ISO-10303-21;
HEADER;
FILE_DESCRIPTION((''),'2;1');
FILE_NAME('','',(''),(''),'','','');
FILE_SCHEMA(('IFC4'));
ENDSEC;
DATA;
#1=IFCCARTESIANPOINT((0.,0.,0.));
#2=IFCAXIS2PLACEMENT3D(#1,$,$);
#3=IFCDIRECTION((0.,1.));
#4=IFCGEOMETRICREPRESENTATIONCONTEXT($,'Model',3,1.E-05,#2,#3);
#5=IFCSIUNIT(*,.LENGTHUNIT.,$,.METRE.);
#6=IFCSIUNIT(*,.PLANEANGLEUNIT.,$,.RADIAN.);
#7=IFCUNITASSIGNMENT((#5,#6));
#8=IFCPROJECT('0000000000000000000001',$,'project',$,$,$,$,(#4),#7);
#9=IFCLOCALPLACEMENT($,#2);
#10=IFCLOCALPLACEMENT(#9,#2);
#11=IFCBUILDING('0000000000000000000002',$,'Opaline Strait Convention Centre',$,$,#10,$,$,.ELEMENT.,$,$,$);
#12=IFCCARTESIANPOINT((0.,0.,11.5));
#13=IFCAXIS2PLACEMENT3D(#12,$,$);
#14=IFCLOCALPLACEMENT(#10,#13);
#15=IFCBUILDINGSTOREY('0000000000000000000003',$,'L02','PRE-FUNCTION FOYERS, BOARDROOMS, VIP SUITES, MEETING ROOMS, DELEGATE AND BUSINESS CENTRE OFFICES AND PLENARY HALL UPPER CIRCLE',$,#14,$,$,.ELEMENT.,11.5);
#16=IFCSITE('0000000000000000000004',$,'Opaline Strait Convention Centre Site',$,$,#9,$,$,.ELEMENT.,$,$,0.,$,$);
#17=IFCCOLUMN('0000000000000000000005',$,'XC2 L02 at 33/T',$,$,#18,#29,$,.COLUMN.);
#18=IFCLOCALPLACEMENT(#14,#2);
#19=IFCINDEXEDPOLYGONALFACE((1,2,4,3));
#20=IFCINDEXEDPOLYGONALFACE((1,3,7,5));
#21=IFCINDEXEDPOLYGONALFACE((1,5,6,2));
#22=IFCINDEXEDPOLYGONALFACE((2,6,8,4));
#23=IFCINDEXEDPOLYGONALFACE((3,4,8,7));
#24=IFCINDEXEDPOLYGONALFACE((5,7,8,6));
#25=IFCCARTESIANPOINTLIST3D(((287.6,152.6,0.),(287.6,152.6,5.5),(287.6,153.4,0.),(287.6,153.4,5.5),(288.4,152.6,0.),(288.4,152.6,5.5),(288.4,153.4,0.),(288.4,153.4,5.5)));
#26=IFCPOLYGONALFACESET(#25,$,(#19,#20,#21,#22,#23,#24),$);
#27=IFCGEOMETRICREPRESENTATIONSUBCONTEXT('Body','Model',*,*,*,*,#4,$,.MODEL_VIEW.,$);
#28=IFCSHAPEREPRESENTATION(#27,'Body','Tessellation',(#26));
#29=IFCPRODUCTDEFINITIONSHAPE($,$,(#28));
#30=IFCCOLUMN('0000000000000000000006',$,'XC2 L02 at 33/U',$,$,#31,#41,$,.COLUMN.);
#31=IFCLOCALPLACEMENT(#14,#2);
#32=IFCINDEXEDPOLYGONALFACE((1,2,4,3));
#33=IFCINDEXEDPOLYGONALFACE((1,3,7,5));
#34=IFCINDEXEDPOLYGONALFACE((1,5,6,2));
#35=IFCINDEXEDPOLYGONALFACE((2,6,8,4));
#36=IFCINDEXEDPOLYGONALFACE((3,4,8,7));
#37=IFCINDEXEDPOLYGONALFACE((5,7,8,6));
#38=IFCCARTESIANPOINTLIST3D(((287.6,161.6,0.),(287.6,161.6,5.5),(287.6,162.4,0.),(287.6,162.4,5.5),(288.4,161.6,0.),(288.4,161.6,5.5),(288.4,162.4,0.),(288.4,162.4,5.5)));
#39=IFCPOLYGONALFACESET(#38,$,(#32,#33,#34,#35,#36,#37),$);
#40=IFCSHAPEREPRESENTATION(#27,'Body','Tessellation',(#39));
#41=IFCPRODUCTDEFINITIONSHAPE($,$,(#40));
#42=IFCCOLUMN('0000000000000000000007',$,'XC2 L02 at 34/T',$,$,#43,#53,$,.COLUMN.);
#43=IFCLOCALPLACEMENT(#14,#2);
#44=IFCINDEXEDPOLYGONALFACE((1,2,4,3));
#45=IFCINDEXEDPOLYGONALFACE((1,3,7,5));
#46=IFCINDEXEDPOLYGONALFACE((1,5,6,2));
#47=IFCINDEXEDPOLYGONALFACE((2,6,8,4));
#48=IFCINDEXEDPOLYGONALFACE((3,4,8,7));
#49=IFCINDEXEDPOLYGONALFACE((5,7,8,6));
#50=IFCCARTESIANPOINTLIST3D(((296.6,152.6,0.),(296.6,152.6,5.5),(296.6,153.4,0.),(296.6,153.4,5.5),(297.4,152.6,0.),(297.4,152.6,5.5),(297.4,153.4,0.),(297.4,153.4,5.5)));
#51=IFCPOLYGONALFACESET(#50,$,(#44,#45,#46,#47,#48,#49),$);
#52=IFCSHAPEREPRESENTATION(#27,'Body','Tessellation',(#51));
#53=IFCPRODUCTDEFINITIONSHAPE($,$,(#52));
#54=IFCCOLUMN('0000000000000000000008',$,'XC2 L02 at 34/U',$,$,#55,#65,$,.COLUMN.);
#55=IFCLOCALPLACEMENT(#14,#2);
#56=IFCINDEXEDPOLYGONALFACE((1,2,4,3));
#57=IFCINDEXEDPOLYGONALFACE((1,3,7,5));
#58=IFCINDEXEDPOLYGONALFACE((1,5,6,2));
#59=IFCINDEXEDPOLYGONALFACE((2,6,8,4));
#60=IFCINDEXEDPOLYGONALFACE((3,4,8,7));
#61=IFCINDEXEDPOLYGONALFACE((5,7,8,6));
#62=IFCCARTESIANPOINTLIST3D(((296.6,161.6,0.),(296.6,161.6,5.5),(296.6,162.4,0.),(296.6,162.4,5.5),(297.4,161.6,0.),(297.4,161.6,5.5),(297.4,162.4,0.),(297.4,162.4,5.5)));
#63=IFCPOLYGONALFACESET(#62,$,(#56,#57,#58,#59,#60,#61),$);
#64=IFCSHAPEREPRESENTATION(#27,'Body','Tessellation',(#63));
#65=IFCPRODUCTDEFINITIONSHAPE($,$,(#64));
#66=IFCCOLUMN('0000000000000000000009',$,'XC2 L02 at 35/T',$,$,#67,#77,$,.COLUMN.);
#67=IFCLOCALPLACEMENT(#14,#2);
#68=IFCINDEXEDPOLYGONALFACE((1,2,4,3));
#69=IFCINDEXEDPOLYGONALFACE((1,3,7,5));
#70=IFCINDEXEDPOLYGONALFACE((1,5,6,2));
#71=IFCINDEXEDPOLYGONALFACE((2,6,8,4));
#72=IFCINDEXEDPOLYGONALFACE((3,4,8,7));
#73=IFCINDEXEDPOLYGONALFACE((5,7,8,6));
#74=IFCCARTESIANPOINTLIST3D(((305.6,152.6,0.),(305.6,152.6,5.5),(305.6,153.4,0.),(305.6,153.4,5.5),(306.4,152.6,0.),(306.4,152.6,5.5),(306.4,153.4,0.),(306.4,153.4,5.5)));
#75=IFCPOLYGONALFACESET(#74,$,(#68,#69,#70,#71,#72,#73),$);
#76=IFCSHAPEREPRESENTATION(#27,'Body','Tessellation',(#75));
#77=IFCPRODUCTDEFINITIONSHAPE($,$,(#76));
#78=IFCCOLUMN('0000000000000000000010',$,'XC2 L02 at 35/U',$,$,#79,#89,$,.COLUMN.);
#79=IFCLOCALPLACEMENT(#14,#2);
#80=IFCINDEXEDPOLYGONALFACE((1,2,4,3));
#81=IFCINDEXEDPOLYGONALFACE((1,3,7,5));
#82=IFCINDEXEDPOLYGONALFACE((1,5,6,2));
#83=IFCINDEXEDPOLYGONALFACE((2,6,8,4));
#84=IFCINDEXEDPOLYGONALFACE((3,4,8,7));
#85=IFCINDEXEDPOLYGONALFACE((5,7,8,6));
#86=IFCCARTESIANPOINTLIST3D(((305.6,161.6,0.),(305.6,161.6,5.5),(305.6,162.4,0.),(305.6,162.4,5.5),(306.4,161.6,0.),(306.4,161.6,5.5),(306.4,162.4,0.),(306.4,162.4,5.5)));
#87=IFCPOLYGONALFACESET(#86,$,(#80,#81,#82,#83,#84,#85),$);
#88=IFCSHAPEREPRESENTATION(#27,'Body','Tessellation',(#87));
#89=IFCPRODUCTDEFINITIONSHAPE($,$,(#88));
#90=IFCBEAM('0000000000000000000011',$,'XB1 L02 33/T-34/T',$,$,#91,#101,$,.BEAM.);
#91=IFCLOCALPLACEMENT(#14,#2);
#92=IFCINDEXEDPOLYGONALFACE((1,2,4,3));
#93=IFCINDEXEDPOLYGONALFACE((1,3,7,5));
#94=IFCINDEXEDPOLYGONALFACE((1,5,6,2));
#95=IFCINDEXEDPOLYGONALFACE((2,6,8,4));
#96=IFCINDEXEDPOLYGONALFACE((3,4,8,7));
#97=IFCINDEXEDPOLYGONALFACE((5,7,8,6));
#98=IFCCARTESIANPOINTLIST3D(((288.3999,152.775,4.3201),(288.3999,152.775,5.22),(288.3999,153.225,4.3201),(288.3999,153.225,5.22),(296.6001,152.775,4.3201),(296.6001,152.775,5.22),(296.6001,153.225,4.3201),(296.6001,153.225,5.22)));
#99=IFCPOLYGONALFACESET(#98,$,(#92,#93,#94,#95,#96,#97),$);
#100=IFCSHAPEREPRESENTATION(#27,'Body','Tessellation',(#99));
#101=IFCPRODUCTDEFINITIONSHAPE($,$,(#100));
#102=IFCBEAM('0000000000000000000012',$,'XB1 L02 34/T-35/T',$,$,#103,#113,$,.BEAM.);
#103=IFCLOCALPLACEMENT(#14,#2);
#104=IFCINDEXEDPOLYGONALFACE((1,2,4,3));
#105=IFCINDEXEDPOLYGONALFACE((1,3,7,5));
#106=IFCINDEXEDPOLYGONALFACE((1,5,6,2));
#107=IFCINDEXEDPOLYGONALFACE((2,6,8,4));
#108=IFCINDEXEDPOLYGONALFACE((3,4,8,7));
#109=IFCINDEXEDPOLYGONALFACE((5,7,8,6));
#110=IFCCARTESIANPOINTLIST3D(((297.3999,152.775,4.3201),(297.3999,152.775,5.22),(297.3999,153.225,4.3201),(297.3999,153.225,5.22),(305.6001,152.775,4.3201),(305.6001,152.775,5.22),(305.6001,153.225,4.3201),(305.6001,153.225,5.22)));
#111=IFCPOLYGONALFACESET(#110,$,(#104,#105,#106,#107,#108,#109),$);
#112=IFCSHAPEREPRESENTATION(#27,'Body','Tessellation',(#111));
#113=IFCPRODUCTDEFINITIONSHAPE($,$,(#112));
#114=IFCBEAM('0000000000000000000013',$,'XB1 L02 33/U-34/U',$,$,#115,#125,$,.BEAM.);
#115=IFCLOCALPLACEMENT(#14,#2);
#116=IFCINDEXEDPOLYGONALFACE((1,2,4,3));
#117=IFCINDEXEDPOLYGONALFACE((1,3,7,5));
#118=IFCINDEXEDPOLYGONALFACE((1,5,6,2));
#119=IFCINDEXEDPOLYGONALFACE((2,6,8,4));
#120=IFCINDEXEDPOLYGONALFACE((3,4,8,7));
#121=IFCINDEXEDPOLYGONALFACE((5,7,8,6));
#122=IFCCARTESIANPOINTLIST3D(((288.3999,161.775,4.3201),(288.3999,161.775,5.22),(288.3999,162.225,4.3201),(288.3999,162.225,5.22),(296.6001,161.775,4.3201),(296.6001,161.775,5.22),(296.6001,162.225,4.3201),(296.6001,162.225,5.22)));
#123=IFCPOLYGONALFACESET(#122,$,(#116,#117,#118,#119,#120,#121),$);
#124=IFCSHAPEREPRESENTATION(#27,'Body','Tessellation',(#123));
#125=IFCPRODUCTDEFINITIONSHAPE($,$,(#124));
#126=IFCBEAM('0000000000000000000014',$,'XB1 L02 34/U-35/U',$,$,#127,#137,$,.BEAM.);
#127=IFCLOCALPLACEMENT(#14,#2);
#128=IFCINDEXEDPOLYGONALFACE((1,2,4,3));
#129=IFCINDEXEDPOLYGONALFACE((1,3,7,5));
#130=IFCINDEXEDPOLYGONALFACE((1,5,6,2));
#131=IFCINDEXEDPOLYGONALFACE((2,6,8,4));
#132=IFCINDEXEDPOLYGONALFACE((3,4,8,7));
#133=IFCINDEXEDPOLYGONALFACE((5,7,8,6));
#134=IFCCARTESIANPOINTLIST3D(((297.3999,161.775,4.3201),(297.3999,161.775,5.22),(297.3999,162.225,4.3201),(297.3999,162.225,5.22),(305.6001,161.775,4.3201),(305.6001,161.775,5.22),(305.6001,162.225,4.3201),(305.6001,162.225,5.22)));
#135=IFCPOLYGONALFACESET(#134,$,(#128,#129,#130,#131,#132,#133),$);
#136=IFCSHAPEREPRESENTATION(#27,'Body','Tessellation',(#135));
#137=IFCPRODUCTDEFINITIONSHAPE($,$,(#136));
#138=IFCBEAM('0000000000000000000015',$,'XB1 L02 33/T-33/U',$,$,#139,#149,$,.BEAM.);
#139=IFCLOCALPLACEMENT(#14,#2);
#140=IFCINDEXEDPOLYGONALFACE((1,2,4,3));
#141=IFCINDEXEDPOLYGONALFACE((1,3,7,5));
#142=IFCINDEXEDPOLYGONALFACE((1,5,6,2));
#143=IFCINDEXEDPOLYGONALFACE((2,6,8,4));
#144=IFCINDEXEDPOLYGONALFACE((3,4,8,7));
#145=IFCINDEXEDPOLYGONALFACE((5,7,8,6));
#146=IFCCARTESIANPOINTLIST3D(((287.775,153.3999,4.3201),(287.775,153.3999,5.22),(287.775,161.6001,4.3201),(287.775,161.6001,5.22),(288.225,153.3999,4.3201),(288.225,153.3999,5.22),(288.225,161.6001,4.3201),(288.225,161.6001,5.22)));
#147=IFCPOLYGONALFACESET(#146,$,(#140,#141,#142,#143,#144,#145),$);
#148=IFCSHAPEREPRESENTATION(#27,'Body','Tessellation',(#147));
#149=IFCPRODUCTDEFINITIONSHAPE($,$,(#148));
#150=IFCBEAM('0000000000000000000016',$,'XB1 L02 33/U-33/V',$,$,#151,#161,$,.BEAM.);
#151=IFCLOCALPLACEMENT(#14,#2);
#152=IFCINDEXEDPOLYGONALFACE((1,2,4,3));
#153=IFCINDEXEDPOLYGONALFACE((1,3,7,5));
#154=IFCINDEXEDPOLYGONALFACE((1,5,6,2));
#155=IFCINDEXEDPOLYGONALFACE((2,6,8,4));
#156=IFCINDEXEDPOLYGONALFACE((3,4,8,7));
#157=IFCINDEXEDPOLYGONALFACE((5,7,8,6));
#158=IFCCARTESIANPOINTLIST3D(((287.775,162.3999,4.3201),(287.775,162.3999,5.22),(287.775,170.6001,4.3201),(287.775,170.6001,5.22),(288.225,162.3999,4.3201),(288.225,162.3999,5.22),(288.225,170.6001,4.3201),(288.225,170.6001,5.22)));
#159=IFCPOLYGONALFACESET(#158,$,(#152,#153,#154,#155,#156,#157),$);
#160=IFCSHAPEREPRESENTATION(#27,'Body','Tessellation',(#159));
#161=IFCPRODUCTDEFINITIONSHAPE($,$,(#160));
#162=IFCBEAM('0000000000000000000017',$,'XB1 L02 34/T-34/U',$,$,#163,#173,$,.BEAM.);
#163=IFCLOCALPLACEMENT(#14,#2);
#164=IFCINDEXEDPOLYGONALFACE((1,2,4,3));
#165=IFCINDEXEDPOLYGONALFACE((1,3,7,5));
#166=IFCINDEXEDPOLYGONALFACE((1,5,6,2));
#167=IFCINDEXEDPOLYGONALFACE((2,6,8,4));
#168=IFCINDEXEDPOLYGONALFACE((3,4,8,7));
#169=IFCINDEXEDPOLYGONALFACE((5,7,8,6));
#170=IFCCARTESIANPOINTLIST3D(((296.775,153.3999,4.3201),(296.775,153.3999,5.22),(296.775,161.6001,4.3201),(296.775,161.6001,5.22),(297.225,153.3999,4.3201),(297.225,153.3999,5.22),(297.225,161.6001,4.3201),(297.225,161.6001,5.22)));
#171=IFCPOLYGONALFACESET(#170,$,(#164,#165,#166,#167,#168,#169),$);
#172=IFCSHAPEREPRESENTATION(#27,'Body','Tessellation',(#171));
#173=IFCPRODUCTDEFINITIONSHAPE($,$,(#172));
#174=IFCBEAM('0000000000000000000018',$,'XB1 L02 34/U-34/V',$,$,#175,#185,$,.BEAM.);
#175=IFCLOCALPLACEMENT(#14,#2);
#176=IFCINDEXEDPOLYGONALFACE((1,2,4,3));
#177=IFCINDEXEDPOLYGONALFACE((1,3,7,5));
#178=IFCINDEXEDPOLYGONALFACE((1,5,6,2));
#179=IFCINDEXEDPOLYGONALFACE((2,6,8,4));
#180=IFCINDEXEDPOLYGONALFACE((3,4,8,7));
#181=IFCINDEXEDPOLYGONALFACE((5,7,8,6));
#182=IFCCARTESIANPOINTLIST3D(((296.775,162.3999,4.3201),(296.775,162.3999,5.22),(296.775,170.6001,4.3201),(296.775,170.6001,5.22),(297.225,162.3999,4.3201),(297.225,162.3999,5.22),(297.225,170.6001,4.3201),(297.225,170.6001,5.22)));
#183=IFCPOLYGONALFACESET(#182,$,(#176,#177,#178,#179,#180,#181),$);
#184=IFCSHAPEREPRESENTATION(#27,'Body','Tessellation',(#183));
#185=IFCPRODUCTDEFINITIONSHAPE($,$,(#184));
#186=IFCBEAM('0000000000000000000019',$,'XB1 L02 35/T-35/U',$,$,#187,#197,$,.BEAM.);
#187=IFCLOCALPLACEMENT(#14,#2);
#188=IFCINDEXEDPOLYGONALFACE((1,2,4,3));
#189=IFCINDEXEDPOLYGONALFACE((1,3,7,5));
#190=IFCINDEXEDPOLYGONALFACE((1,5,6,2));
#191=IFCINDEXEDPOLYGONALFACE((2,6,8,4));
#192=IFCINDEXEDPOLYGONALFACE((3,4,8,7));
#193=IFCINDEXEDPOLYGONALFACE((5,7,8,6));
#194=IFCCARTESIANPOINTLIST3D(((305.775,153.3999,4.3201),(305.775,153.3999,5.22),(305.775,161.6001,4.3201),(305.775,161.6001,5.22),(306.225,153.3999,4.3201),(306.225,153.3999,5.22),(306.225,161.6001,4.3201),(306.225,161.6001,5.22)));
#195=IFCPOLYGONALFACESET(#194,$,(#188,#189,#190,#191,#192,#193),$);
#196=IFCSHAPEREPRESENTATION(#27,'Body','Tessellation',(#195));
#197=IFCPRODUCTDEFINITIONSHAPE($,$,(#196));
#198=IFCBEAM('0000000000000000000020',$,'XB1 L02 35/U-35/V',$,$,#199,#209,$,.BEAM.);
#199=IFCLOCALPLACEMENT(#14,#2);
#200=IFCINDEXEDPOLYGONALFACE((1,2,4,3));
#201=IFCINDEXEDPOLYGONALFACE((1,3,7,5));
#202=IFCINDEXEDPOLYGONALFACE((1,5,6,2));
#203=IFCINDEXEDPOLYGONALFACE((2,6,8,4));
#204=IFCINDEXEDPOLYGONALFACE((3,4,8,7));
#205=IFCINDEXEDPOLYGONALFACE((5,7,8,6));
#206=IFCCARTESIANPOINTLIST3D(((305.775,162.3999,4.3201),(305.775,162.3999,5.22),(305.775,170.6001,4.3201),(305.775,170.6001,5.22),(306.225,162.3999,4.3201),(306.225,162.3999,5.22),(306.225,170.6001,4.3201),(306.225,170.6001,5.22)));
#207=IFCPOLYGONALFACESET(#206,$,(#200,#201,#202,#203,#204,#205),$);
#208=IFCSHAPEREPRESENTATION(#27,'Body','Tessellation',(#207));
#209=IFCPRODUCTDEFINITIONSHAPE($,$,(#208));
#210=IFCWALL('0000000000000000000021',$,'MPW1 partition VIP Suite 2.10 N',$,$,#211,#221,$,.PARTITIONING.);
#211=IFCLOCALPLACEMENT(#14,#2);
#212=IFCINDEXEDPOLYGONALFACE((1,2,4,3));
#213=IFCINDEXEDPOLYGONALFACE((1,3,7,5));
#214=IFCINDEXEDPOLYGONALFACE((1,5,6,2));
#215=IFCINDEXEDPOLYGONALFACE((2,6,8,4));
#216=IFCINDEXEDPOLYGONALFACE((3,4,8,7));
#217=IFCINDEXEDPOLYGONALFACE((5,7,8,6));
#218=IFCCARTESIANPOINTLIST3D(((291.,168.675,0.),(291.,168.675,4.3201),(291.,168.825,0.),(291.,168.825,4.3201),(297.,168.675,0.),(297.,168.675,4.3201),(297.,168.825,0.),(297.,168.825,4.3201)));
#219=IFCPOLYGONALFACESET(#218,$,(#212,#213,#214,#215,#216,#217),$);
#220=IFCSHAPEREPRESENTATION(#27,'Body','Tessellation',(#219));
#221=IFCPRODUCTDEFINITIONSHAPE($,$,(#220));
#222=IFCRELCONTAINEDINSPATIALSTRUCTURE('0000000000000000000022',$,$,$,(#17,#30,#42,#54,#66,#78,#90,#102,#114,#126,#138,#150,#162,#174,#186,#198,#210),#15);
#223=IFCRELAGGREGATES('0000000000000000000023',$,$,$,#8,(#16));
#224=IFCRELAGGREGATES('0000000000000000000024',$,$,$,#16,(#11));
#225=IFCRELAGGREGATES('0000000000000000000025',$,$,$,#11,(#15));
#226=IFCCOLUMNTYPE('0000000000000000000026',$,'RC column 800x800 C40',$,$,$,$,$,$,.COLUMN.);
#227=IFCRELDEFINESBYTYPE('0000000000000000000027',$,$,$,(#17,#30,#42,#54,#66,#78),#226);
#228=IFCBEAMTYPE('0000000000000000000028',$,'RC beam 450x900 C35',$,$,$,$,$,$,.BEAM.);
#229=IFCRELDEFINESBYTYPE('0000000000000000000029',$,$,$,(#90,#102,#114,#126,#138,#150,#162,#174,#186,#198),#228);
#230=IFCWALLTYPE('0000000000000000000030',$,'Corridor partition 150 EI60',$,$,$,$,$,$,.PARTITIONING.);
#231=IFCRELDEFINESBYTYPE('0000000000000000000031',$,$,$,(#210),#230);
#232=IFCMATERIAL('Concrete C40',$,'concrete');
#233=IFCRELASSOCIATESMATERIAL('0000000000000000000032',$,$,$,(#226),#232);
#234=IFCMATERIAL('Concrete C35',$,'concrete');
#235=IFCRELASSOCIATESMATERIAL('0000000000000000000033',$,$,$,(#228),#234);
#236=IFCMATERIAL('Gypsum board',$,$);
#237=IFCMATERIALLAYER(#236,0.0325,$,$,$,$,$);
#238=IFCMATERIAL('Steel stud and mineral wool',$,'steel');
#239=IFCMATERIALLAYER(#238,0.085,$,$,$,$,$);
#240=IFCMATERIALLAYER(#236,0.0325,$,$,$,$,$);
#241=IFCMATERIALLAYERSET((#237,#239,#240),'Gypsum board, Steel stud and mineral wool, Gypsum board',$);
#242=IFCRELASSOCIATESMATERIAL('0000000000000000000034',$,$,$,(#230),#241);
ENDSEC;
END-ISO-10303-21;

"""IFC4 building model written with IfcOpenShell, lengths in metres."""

from ifc_helpers import new_model, si_unit, direction, frame, frame_2d, origin, origin_2d, place, context, subcontext, project, spatial, rectangle, extrude, material, layer, layer_set, material_profile, profile_set, type_object, element, save


model = new_model("IFC4")

# Units and contexts
model_context = context("Model", 3, precision=1e-05, world=origin(), true_north=direction((0.0, 1.0)))
body_context = subcontext(model_context, "Body", "Model", "MODEL_VIEW")
ifc_project = project(units=[si_unit("LENGTHUNIT", "METRE"), si_unit("PLANEANGLEUNIT", "RADIAN")], contexts=[model_context])

# Site, building, storey
site_placement = place(None, origin())
site = spatial("IfcSite", under=ifc_project, at=site_placement, Name="Opaline Strait Convention Centre Site", CompositionType="ELEMENT", RefElevation=0.0)
building_placement = place(site_placement, origin())
building = spatial("IfcBuilding", under=site, at=building_placement, Name="Opaline Strait Convention Centre", CompositionType="ELEMENT")
storey_placement = place(building_placement, frame((0.0, 0.0, 11.5)))
storey = spatial("IfcBuildingStorey", under=building, at=storey_placement, Name="L02", Description="PRE-FUNCTION FOYERS, BOARDROOMS, VIP SUITES, MEETING ROOMS, DELEGATE AND BUSINESS CENTRE OFFICES AND PLENARY HALL UPPER CIRCLE", CompositionType="ELEMENT", Elevation=11.5)

# Columns
ifc_material_1 = material(Name="Concrete C40", Category="concrete")
ifc_material_profile_1 = material_profile(ifc_material_1, rectangle(XDim=0.8, YDim=0.8, at=origin_2d()), Name="RC 800x800")
ifc_profile_set_1 = profile_set([ifc_material_profile_1], Name="Concrete C40")
column_type = type_object("IfcColumnType", Name="RC column 800x800 C40", PredefinedType="COLUMN", material=ifc_profile_set_1)
for number, where, z_axis, x_axis, name in (
    (1, (288.0, 153.0, 0.0), (0.0, 0.0, 1.0), (1.0, 0.0, 0.0), "XC2 L02 at 33/T"),
    (2, (288.0, 162.0, 0.0), (0.0, 0.0, 1.0), (1.0, 0.0, 0.0), "XC2 L02 at 33/U"),
    (3, (297.0, 153.0, 0.0), (0.0, 0.0, 1.0), (1.0, 0.0, 0.0), "XC2 L02 at 34/T"),
    (4, (297.0, 162.0, 0.0), (0.0, 0.0, 1.0), (1.0, 0.0, 0.0), "XC2 L02 at 34/U"),
    (5, (306.0, 153.0, 0.0), (0.0, 0.0, 1.0), (1.0, 0.0, 0.0), "XC2 L02 at 35/T"),
    (6, (306.0, 162.0, 0.0), (0.0, 0.0, 1.0), (1.0, 0.0, 0.0), "XC2 L02 at 35/U"),
):
    element("IfcColumn", number, at=place(storey_placement, frame(where, z_axis=z_axis, x_axis=x_axis)), inside=storey, type_object=column_type, Name=name, PredefinedType="COLUMN", context=body_context, shape_type="SweptSolid", body=[
        extrude(rectangle(XDim=0.8, YDim=0.8, at=origin_2d()), origin(), (0.0, 0.0, 1.0), 5.5),
    ])

# Beams
ifc_material_2 = material(Name="Concrete C35", Category="concrete")
ifc_material_profile_2 = material_profile(ifc_material_2, rectangle(XDim=0.45, YDim=0.8999, at=origin_2d()), Name="RC 450x900")
ifc_profile_set_2 = profile_set([ifc_material_profile_2], Name="Concrete C35")
beam_type = type_object("IfcBeamType", Name="RC beam 450x900 C35", PredefinedType="BEAM", material=ifc_profile_set_2)
for number, where, z_axis, x_axis, name in (
    (7, (288.3999, 153.0, 4.77), (1.0, 0.0, 0.0), (0.0, 1.0, 0.0), "XB1 L02 33/T-34/T"),
    (8, (297.3999, 153.0, 4.77), (1.0, 0.0, 0.0), (0.0, 1.0, 0.0), "XB1 L02 34/T-35/T"),
    (9, (288.3999, 162.0, 4.77), (1.0, 0.0, 0.0), (0.0, 1.0, 0.0), "XB1 L02 33/U-34/U"),
    (10, (297.3999, 162.0, 4.77), (1.0, 0.0, 0.0), (0.0, 1.0, 0.0), "XB1 L02 34/U-35/U"),
    (11, (288.0, 153.3999, 4.77), (0.0, 1.0, 0.0), (-1.0, 0.0, 0.0), "XB1 L02 33/T-33/U"),
    (12, (288.0, 162.3999, 4.77), (0.0, 1.0, 0.0), (-1.0, 0.0, 0.0), "XB1 L02 33/U-33/V"),
    (13, (297.0, 153.3999, 4.77), (0.0, 1.0, 0.0), (-1.0, 0.0, 0.0), "XB1 L02 34/T-34/U"),
    (14, (297.0, 162.3999, 4.77), (0.0, 1.0, 0.0), (-1.0, 0.0, 0.0), "XB1 L02 34/U-34/V"),
    (15, (306.0, 153.3999, 4.77), (0.0, 1.0, 0.0), (-1.0, 0.0, 0.0), "XB1 L02 35/T-35/U"),
    (16, (306.0, 162.3999, 4.77), (0.0, 1.0, 0.0), (-1.0, 0.0, 0.0), "XB1 L02 35/U-35/V"),
):
    element("IfcBeam", number, at=place(storey_placement, frame(where, z_axis=z_axis, x_axis=x_axis)), inside=storey, type_object=beam_type, Name=name, PredefinedType="BEAM", context=body_context, shape_type="SweptSolid", body=[
        extrude(rectangle(XDim=0.45, YDim=0.8999, at=origin_2d()), origin(), (0.0, 0.0, 1.0), 8.2002),
    ])

# Wall
ifc_material_3 = material(Name="Gypsum board")
ifc_layer_1 = layer(ifc_material_3, 0.0325)
ifc_material_4 = material(Name="Steel stud and mineral wool", Category="steel")
ifc_layer_2 = layer(ifc_material_4, 0.085)
ifc_layer_3 = layer(ifc_material_3, 0.0325)
ifc_layer_set_1 = layer_set([ifc_layer_1, ifc_layer_2, ifc_layer_3], Name="Gypsum board, Steel stud and mineral wool, Gypsum board")
wall_type_1 = type_object("IfcWallType", Name="Corridor partition 150 EI60", PredefinedType="PARTITIONING", material=ifc_layer_set_1)
wall_1_placement = place(storey_placement, frame((291.0, 168.75, 0.0), z_axis=(0.0, 0.0, 1.0), x_axis=(1.0, 0.0, 0.0)))
element("IfcWall", 17, at=wall_1_placement, inside=storey, type_object=wall_type_1, Name="MPW1 partition VIP Suite 2.10 N", PredefinedType="PARTITIONING", context=body_context, shape_type="SweptSolid", body=[
    extrude(rectangle(XDim=6.0, YDim=0.1499, at=frame_2d((3.0, 0.0))), origin(), (0.0, 0.0, 1.0), 4.3201),
])

save(model, "model.ifc")
